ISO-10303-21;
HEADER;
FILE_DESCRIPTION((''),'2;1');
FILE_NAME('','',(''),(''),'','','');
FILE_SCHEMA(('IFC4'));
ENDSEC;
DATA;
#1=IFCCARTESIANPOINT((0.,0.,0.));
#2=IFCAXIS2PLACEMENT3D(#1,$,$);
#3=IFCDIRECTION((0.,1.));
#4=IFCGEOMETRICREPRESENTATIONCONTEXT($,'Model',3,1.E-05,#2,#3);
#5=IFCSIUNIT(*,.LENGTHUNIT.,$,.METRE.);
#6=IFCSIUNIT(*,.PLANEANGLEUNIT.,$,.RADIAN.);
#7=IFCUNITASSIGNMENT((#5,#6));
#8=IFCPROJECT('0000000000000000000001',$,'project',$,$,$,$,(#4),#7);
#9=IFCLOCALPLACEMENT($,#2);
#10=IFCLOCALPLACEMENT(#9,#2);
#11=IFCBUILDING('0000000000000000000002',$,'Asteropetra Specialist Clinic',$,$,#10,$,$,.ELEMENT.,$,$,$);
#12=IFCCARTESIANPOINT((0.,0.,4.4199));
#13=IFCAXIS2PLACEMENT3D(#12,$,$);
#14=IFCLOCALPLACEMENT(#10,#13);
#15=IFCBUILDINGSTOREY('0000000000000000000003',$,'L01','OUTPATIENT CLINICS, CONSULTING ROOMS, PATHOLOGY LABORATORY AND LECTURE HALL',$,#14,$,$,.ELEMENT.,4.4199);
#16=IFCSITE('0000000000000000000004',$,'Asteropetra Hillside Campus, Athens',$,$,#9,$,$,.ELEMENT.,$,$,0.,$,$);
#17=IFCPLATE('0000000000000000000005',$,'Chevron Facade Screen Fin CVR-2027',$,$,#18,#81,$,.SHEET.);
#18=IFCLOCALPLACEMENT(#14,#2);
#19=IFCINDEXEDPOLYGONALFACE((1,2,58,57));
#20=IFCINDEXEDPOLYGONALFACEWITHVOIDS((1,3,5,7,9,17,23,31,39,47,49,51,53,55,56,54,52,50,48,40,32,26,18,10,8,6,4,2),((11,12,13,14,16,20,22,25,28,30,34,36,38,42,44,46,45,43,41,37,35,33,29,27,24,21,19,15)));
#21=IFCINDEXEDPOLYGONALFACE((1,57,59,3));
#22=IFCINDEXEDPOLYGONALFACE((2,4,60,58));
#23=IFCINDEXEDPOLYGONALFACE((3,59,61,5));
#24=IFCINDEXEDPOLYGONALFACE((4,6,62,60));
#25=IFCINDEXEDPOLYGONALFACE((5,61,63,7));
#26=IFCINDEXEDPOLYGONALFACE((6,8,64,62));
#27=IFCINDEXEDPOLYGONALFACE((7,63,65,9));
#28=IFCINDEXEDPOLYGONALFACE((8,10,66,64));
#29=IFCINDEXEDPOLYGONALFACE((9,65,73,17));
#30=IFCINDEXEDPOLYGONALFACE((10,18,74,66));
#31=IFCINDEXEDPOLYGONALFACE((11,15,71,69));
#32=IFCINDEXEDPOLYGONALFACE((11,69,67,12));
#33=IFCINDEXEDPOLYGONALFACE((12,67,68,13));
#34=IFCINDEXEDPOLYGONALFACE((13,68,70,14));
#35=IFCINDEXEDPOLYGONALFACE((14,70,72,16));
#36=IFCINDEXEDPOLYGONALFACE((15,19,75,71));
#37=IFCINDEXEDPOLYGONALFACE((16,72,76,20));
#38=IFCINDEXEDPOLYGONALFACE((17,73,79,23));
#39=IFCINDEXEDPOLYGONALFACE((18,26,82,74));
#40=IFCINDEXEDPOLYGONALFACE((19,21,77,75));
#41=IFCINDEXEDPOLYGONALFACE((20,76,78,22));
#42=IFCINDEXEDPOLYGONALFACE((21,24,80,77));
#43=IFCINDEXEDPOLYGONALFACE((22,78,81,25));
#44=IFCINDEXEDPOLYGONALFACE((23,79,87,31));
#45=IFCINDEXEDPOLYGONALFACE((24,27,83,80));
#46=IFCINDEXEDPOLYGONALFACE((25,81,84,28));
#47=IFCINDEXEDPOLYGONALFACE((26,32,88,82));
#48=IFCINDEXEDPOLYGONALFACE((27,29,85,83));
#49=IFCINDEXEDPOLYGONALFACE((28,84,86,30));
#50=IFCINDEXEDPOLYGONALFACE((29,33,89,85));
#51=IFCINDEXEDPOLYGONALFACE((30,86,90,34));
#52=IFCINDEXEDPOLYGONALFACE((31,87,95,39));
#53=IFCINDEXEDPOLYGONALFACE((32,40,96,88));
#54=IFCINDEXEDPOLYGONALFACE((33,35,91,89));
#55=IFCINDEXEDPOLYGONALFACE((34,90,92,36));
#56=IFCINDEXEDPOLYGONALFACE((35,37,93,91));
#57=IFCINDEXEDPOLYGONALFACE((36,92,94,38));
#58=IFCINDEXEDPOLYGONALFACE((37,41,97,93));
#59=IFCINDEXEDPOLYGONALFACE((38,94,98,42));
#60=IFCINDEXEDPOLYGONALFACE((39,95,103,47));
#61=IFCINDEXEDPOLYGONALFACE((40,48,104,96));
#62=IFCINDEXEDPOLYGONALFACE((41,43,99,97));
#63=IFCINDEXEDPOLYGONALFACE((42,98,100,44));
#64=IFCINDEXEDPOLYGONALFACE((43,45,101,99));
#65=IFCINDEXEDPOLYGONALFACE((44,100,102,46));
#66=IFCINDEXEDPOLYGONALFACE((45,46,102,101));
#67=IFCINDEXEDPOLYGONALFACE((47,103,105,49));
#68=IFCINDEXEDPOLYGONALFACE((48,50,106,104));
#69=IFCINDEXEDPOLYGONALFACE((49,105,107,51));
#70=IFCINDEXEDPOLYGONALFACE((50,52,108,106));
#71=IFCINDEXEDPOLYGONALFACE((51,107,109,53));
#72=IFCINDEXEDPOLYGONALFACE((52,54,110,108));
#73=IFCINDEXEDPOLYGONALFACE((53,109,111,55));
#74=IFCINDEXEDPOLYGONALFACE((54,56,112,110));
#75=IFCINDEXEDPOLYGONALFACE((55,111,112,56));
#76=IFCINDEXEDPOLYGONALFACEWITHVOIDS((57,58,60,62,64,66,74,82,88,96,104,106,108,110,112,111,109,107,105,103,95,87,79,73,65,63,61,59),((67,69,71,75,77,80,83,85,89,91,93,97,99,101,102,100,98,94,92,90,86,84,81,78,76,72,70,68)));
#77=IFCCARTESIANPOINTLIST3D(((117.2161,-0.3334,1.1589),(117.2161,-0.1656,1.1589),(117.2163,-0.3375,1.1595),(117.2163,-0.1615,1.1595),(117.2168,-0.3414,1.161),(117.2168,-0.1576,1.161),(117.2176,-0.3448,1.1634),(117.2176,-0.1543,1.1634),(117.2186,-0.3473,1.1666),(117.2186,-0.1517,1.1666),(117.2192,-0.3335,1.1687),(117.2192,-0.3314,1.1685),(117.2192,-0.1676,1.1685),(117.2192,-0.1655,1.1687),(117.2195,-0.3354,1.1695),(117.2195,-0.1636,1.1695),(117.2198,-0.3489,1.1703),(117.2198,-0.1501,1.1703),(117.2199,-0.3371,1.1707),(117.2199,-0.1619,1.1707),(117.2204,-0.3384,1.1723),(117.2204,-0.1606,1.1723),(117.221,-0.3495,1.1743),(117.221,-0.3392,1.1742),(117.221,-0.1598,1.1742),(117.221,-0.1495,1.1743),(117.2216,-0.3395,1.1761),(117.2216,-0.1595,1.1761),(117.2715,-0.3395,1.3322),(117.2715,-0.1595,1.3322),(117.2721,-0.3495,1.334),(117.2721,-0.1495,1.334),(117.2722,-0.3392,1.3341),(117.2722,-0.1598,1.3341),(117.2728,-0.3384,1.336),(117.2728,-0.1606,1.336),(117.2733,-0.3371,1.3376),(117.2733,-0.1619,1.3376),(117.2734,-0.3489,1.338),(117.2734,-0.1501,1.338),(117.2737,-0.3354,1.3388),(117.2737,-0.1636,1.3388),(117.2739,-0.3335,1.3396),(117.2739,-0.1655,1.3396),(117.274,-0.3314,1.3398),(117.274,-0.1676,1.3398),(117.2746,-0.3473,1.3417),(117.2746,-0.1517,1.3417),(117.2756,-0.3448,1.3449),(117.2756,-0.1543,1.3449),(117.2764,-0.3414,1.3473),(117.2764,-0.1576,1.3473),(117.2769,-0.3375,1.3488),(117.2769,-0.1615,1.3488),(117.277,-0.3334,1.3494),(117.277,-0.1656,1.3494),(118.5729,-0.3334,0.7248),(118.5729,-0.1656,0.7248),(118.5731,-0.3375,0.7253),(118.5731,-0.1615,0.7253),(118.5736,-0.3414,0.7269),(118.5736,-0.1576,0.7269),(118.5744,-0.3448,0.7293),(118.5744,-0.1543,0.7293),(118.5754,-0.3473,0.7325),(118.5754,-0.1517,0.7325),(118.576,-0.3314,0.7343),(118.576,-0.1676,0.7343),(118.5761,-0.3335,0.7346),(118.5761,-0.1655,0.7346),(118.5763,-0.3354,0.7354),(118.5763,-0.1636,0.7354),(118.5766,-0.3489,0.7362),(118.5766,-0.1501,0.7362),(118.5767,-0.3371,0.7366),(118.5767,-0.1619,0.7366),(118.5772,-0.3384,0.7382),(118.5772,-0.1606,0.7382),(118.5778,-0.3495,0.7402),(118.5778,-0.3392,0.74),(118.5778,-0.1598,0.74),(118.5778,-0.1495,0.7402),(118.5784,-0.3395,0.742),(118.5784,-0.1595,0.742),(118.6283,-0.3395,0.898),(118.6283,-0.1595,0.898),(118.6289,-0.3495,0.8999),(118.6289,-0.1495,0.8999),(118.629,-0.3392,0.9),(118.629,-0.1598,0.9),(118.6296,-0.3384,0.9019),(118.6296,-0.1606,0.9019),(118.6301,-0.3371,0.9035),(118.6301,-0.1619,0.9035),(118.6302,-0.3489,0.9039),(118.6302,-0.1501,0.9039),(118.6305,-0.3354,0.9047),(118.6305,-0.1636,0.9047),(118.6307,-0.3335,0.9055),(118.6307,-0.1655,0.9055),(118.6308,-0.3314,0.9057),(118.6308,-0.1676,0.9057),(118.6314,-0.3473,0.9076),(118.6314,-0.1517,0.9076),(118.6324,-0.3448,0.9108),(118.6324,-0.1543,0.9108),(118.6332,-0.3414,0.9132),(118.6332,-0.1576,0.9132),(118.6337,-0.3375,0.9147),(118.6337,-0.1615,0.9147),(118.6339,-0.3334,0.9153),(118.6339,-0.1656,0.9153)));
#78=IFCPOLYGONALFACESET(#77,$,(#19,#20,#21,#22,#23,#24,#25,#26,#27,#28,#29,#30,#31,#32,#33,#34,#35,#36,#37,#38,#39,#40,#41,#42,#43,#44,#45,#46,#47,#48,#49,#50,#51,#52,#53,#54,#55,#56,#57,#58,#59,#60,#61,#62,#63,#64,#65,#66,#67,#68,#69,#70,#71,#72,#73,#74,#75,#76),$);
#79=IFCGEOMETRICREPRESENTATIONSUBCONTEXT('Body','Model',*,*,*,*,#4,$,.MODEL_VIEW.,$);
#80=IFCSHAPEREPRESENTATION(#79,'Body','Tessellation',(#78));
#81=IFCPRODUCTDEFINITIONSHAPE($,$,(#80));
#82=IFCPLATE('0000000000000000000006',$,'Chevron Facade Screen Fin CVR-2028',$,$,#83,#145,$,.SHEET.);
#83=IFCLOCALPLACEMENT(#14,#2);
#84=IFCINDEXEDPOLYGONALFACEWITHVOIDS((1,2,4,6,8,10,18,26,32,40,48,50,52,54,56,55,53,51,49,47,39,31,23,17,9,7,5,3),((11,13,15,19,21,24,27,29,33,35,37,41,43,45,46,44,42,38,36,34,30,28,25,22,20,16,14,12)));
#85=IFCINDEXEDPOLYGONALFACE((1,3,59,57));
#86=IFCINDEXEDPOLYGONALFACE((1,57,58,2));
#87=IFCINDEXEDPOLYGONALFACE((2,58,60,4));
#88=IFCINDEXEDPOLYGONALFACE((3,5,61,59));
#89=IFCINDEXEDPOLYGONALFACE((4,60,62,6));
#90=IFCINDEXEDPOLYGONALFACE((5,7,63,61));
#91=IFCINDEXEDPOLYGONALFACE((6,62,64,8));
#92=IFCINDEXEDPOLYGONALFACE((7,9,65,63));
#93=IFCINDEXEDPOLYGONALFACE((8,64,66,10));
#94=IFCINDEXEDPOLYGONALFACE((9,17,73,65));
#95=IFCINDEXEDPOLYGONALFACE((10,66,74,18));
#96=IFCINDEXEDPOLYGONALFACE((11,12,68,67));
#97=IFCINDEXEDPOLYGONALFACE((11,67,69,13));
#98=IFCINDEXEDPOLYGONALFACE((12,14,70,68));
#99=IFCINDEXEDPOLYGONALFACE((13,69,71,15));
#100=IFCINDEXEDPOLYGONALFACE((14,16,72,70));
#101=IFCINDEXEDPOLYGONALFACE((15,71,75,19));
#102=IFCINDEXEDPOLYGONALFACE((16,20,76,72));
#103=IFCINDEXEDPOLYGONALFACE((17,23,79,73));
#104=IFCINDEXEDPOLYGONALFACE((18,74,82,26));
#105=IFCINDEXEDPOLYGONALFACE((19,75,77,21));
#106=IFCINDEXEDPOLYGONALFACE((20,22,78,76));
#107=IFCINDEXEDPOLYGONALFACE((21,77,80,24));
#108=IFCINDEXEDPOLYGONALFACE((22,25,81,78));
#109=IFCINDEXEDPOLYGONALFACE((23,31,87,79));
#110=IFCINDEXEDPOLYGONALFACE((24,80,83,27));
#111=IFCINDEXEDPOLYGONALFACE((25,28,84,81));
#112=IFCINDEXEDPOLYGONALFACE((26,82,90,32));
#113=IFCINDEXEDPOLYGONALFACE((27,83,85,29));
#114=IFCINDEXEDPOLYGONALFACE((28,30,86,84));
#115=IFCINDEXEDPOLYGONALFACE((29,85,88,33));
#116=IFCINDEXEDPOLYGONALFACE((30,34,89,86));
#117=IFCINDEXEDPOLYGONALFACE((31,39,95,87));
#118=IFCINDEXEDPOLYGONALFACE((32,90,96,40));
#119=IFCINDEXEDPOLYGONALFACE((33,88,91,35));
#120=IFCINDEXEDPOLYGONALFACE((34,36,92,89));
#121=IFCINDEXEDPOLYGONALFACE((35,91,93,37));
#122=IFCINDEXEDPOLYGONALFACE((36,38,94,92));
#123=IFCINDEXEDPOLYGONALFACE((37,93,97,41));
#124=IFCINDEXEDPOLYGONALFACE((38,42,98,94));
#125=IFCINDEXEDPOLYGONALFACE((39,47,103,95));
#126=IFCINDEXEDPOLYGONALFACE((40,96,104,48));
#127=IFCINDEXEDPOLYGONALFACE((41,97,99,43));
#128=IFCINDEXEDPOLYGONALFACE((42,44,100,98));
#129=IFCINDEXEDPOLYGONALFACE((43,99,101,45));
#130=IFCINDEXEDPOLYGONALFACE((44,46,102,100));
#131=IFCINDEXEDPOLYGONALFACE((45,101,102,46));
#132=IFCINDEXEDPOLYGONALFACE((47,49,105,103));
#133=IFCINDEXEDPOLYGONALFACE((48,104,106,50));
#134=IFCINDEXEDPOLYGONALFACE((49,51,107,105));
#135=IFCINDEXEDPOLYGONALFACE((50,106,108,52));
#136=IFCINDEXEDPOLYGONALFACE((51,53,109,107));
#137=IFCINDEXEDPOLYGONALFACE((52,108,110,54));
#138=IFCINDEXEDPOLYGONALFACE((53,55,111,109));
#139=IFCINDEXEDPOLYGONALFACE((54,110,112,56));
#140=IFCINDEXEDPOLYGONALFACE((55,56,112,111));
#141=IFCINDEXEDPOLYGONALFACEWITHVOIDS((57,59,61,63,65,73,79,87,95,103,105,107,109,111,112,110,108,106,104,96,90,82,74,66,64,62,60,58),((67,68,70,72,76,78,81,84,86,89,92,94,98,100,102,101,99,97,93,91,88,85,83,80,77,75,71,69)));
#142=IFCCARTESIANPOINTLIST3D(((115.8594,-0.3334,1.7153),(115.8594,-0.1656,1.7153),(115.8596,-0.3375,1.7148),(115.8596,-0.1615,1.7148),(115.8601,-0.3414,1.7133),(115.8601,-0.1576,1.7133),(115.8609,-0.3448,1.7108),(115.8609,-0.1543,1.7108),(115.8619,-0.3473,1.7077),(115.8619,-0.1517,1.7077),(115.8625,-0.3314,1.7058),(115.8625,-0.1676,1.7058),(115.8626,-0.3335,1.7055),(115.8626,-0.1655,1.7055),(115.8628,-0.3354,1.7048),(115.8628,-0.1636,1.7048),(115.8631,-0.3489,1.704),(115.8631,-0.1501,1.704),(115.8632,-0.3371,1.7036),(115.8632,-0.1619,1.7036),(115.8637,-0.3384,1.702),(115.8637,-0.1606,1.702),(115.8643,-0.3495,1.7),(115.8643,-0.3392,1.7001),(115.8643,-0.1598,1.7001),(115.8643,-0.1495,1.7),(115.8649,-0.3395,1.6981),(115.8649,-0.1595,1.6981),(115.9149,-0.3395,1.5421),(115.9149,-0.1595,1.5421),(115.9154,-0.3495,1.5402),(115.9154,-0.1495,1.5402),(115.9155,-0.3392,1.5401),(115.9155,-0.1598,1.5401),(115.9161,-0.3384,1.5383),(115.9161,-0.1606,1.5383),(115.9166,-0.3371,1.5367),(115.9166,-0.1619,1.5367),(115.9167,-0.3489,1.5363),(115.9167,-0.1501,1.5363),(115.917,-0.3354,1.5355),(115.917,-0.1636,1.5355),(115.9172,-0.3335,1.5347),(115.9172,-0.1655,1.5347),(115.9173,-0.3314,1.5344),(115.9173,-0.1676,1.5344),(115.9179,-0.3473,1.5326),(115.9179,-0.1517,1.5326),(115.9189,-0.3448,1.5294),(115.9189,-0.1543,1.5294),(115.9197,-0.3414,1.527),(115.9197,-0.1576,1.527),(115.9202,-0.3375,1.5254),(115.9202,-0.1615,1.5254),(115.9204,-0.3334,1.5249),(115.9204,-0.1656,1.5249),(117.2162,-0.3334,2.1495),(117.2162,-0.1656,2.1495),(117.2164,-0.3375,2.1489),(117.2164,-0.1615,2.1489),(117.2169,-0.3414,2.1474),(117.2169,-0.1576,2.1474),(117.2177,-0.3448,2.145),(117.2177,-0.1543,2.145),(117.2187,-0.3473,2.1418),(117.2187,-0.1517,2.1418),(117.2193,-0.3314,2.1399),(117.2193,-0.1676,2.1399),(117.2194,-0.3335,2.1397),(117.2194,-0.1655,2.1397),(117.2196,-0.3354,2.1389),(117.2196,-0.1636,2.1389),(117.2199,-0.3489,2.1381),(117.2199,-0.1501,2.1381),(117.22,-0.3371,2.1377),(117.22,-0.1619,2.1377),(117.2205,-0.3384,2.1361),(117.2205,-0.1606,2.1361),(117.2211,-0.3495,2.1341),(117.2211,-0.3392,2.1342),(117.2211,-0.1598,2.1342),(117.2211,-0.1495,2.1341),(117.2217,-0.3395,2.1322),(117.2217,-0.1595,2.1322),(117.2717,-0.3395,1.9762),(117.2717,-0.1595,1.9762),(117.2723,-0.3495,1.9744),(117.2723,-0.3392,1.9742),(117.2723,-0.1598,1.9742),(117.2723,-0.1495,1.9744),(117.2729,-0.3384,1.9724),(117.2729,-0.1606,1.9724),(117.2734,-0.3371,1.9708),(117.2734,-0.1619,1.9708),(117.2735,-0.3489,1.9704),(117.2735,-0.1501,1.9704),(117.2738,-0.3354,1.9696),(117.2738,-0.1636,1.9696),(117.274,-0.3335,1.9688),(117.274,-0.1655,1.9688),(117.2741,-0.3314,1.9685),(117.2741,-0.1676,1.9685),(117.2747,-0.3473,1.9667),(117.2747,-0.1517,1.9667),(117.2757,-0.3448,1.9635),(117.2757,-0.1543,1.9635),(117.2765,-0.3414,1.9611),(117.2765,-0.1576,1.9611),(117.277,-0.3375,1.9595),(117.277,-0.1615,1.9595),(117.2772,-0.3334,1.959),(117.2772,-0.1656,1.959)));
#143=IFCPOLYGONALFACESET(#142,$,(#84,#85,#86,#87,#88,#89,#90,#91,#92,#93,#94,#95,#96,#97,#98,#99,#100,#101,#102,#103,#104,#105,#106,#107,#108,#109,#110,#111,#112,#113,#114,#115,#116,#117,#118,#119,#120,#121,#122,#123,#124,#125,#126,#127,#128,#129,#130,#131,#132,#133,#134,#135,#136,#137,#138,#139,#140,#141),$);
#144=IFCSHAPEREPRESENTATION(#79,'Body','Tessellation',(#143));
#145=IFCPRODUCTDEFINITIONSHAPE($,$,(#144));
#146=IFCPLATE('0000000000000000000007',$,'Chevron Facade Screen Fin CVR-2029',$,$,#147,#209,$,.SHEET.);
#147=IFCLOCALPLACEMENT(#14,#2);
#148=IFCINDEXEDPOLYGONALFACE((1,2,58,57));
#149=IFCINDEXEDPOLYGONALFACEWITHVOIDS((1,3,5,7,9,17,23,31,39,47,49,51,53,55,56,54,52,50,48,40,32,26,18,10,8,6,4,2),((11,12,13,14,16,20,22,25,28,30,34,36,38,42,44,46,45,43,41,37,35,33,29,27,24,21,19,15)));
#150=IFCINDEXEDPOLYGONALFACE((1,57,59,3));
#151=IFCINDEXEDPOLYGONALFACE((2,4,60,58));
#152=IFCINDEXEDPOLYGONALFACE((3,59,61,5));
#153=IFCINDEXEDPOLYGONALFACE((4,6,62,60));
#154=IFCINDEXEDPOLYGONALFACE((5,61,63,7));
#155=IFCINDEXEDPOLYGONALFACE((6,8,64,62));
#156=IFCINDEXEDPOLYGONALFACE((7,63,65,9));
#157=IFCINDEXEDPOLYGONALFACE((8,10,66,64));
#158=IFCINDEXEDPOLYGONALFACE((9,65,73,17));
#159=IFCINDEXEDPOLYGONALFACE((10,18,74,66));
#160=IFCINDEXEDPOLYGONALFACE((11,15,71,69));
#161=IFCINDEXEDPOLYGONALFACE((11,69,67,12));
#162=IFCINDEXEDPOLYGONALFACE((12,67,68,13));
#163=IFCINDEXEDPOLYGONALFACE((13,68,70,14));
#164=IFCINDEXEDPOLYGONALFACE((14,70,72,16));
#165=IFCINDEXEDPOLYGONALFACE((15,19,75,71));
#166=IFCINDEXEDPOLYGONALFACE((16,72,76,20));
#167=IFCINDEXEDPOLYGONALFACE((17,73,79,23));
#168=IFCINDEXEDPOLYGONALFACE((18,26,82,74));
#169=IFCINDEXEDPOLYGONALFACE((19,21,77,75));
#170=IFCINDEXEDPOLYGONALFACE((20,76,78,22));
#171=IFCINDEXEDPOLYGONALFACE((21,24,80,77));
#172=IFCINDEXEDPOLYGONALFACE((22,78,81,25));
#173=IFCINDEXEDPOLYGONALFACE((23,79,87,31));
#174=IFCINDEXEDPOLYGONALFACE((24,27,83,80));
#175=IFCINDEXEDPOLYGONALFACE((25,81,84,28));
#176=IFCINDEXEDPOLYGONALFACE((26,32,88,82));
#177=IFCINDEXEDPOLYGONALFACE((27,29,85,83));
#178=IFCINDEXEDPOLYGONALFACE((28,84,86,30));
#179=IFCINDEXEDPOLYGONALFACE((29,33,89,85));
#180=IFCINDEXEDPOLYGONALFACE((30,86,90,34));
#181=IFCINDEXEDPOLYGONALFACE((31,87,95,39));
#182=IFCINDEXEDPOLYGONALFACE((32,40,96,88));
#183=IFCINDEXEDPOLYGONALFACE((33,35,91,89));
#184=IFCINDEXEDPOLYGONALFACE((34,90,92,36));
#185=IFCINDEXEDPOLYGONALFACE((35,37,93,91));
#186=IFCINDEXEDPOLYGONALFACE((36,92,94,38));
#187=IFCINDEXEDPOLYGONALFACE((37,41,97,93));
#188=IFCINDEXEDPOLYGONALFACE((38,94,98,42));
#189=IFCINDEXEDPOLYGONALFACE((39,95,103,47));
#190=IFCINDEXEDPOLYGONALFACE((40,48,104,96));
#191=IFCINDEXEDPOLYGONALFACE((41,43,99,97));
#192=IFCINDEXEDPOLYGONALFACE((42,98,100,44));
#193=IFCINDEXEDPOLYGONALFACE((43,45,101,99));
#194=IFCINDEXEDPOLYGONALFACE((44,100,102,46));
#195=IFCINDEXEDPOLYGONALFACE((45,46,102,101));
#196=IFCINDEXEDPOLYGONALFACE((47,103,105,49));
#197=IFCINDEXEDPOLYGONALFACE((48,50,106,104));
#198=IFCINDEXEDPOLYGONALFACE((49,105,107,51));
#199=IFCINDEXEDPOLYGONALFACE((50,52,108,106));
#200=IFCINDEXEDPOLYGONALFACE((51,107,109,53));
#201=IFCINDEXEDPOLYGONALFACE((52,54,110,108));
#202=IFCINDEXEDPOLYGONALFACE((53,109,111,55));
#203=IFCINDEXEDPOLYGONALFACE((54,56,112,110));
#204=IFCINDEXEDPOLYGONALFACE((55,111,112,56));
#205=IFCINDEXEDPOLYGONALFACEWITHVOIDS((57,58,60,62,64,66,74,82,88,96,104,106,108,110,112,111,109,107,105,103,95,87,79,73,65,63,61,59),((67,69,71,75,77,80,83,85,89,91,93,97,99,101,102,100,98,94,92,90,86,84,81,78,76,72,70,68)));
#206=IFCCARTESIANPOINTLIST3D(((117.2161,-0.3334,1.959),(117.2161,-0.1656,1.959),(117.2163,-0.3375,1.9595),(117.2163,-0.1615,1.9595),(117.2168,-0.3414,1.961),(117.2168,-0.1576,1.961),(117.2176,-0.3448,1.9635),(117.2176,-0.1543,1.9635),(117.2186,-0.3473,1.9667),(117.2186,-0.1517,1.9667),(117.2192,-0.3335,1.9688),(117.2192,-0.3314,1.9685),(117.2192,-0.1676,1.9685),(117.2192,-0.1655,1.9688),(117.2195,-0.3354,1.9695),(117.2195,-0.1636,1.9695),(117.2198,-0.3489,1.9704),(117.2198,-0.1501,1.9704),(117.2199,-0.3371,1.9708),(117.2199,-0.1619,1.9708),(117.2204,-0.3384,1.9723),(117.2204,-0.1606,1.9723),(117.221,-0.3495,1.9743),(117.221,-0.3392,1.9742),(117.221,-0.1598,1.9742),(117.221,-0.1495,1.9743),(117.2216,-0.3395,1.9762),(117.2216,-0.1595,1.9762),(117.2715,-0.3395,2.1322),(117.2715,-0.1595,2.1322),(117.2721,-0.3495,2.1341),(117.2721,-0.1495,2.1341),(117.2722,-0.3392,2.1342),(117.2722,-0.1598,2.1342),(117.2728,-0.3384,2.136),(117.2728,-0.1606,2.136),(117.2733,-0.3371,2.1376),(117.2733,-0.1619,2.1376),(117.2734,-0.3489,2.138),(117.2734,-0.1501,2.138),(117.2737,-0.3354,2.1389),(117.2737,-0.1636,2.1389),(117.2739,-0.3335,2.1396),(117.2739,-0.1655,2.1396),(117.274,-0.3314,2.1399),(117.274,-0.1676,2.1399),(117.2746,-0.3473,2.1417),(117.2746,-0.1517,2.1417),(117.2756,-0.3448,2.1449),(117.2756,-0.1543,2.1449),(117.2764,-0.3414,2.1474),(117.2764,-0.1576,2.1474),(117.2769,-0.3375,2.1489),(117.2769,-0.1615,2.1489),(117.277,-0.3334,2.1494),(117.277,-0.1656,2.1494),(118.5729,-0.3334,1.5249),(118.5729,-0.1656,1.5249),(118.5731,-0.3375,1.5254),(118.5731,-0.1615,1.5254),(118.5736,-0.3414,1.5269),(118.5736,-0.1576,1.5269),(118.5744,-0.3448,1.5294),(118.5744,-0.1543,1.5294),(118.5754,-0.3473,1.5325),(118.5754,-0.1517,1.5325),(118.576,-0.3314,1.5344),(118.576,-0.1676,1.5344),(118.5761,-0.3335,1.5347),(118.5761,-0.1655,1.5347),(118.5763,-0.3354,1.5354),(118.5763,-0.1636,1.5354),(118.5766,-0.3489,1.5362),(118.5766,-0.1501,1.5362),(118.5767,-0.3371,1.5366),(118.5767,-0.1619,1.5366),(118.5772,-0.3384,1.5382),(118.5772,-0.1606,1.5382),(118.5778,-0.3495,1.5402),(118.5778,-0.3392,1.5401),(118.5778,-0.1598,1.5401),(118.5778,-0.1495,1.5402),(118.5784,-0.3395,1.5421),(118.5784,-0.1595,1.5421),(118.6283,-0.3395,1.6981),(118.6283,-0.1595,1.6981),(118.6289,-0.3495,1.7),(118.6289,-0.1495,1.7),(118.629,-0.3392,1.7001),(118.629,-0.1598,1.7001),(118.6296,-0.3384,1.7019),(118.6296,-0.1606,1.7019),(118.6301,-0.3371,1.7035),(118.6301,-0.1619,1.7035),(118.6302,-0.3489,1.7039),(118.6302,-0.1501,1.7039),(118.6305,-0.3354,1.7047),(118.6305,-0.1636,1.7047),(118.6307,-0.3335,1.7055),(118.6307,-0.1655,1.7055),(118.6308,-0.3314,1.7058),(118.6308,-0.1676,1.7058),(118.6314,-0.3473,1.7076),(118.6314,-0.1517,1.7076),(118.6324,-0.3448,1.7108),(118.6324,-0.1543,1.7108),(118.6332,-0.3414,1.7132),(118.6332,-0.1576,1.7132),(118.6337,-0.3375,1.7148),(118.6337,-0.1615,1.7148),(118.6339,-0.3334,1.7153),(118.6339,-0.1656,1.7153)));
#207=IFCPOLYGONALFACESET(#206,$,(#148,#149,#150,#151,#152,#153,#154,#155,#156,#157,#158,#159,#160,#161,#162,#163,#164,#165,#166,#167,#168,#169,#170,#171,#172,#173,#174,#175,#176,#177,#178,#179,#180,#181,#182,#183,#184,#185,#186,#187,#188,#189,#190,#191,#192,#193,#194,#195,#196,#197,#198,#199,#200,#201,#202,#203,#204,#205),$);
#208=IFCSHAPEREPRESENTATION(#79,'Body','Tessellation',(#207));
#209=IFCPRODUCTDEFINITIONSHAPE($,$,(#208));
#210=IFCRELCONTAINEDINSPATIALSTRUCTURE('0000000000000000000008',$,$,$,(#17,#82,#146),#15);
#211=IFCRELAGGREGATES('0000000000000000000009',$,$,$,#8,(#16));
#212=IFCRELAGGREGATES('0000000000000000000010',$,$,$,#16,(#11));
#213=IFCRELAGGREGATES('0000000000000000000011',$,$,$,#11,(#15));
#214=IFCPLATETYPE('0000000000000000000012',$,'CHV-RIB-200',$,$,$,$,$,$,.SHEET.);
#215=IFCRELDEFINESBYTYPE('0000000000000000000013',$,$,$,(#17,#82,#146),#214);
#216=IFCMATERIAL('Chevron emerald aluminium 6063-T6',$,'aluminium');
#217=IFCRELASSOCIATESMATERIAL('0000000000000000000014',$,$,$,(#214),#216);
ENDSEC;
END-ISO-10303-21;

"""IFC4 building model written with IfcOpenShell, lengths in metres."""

from ifc_helpers import new_model, si_unit, direction, frame, origin, origin_2d, place, context, subcontext, project, spatial, hollow_rectangle, extrude, material, material_profile, profile_set, type_object, element, save


model = new_model("IFC4")

# Units and contexts
model_context = context("Model", 3, precision=1e-05, world=origin(), true_north=direction((0.0, 1.0)))
body_context = subcontext(model_context, "Body", "Model", "MODEL_VIEW")
ifc_project = project(units=[si_unit("LENGTHUNIT", "METRE"), si_unit("PLANEANGLEUNIT", "RADIAN")], contexts=[model_context])

# Site, building, storey
site_placement = place(None, origin())
site = spatial("IfcSite", under=ifc_project, at=site_placement, Name="Asteropetra Hillside Campus, Athens", CompositionType="ELEMENT", RefElevation=0.0)
building_placement = place(site_placement, origin())
building = spatial("IfcBuilding", under=site, at=building_placement, Name="Asteropetra Specialist Clinic", CompositionType="ELEMENT")
storey_placement = place(building_placement, frame((0.0, 0.0, 4.4199)))
storey = spatial("IfcBuildingStorey", under=building, at=storey_placement, Name="L01", Description="OUTPATIENT CLINICS, CONSULTING ROOMS, PATHOLOGY LABORATORY AND LECTURE HALL", CompositionType="ELEMENT", Elevation=4.4199)

# Plates
ifc_material_1 = material(Name="Chevron emerald aluminium 6063-T6", Category="aluminium")
ifc_material_profile = material_profile(ifc_material_1, hollow_rectangle(XDim=0.2, YDim=0.2, WallThickness=0.01, InnerFilletRadius=0.0081, OuterFilletRadius=0.0161, at=origin_2d()), Name="SHS 200x200x10.0")
ifc_profile_set = profile_set([ifc_material_profile], Name="Chevron emerald aluminium 6063-T6")
plate_type = type_object("IfcPlateType", Name="CHV-RIB-200", PredefinedType="SHEET", material=ifc_profile_set)
for number, where, z_axis, x_axis, name in (
    (1, (117.2466, -0.2495, 1.2542), (0.952436, 0.0, -0.304738), (0.0, 1.0, 0.0), "Chevron Facade Screen Fin CVR-2027"),
    (2, (115.8899, -0.2495, 1.6201), (0.952436, 0.0, 0.304738), (0.0, 1.0, 0.0), "Chevron Facade Screen Fin CVR-2028"),
    (3, (117.2466, -0.2495, 2.0542), (0.952436, 0.0, -0.304738), (0.0, 1.0, 0.0), "Chevron Facade Screen Fin CVR-2029"),
):
    element("IfcPlate", number, at=place(storey_placement, frame(where, z_axis=z_axis, x_axis=x_axis)), inside=storey, type_object=plate_type, Name=name, PredefinedType="SHEET", context=body_context, shape_type="SweptSolid", body=[
        extrude(hollow_rectangle(XDim=0.2, YDim=0.2, WallThickness=0.01, InnerFilletRadius=0.0081, OuterFilletRadius=0.0161, at=origin_2d()), origin(), (0.0, 0.0, 1.0), 1.4246),
    ])

save(model, "model.ifc")
